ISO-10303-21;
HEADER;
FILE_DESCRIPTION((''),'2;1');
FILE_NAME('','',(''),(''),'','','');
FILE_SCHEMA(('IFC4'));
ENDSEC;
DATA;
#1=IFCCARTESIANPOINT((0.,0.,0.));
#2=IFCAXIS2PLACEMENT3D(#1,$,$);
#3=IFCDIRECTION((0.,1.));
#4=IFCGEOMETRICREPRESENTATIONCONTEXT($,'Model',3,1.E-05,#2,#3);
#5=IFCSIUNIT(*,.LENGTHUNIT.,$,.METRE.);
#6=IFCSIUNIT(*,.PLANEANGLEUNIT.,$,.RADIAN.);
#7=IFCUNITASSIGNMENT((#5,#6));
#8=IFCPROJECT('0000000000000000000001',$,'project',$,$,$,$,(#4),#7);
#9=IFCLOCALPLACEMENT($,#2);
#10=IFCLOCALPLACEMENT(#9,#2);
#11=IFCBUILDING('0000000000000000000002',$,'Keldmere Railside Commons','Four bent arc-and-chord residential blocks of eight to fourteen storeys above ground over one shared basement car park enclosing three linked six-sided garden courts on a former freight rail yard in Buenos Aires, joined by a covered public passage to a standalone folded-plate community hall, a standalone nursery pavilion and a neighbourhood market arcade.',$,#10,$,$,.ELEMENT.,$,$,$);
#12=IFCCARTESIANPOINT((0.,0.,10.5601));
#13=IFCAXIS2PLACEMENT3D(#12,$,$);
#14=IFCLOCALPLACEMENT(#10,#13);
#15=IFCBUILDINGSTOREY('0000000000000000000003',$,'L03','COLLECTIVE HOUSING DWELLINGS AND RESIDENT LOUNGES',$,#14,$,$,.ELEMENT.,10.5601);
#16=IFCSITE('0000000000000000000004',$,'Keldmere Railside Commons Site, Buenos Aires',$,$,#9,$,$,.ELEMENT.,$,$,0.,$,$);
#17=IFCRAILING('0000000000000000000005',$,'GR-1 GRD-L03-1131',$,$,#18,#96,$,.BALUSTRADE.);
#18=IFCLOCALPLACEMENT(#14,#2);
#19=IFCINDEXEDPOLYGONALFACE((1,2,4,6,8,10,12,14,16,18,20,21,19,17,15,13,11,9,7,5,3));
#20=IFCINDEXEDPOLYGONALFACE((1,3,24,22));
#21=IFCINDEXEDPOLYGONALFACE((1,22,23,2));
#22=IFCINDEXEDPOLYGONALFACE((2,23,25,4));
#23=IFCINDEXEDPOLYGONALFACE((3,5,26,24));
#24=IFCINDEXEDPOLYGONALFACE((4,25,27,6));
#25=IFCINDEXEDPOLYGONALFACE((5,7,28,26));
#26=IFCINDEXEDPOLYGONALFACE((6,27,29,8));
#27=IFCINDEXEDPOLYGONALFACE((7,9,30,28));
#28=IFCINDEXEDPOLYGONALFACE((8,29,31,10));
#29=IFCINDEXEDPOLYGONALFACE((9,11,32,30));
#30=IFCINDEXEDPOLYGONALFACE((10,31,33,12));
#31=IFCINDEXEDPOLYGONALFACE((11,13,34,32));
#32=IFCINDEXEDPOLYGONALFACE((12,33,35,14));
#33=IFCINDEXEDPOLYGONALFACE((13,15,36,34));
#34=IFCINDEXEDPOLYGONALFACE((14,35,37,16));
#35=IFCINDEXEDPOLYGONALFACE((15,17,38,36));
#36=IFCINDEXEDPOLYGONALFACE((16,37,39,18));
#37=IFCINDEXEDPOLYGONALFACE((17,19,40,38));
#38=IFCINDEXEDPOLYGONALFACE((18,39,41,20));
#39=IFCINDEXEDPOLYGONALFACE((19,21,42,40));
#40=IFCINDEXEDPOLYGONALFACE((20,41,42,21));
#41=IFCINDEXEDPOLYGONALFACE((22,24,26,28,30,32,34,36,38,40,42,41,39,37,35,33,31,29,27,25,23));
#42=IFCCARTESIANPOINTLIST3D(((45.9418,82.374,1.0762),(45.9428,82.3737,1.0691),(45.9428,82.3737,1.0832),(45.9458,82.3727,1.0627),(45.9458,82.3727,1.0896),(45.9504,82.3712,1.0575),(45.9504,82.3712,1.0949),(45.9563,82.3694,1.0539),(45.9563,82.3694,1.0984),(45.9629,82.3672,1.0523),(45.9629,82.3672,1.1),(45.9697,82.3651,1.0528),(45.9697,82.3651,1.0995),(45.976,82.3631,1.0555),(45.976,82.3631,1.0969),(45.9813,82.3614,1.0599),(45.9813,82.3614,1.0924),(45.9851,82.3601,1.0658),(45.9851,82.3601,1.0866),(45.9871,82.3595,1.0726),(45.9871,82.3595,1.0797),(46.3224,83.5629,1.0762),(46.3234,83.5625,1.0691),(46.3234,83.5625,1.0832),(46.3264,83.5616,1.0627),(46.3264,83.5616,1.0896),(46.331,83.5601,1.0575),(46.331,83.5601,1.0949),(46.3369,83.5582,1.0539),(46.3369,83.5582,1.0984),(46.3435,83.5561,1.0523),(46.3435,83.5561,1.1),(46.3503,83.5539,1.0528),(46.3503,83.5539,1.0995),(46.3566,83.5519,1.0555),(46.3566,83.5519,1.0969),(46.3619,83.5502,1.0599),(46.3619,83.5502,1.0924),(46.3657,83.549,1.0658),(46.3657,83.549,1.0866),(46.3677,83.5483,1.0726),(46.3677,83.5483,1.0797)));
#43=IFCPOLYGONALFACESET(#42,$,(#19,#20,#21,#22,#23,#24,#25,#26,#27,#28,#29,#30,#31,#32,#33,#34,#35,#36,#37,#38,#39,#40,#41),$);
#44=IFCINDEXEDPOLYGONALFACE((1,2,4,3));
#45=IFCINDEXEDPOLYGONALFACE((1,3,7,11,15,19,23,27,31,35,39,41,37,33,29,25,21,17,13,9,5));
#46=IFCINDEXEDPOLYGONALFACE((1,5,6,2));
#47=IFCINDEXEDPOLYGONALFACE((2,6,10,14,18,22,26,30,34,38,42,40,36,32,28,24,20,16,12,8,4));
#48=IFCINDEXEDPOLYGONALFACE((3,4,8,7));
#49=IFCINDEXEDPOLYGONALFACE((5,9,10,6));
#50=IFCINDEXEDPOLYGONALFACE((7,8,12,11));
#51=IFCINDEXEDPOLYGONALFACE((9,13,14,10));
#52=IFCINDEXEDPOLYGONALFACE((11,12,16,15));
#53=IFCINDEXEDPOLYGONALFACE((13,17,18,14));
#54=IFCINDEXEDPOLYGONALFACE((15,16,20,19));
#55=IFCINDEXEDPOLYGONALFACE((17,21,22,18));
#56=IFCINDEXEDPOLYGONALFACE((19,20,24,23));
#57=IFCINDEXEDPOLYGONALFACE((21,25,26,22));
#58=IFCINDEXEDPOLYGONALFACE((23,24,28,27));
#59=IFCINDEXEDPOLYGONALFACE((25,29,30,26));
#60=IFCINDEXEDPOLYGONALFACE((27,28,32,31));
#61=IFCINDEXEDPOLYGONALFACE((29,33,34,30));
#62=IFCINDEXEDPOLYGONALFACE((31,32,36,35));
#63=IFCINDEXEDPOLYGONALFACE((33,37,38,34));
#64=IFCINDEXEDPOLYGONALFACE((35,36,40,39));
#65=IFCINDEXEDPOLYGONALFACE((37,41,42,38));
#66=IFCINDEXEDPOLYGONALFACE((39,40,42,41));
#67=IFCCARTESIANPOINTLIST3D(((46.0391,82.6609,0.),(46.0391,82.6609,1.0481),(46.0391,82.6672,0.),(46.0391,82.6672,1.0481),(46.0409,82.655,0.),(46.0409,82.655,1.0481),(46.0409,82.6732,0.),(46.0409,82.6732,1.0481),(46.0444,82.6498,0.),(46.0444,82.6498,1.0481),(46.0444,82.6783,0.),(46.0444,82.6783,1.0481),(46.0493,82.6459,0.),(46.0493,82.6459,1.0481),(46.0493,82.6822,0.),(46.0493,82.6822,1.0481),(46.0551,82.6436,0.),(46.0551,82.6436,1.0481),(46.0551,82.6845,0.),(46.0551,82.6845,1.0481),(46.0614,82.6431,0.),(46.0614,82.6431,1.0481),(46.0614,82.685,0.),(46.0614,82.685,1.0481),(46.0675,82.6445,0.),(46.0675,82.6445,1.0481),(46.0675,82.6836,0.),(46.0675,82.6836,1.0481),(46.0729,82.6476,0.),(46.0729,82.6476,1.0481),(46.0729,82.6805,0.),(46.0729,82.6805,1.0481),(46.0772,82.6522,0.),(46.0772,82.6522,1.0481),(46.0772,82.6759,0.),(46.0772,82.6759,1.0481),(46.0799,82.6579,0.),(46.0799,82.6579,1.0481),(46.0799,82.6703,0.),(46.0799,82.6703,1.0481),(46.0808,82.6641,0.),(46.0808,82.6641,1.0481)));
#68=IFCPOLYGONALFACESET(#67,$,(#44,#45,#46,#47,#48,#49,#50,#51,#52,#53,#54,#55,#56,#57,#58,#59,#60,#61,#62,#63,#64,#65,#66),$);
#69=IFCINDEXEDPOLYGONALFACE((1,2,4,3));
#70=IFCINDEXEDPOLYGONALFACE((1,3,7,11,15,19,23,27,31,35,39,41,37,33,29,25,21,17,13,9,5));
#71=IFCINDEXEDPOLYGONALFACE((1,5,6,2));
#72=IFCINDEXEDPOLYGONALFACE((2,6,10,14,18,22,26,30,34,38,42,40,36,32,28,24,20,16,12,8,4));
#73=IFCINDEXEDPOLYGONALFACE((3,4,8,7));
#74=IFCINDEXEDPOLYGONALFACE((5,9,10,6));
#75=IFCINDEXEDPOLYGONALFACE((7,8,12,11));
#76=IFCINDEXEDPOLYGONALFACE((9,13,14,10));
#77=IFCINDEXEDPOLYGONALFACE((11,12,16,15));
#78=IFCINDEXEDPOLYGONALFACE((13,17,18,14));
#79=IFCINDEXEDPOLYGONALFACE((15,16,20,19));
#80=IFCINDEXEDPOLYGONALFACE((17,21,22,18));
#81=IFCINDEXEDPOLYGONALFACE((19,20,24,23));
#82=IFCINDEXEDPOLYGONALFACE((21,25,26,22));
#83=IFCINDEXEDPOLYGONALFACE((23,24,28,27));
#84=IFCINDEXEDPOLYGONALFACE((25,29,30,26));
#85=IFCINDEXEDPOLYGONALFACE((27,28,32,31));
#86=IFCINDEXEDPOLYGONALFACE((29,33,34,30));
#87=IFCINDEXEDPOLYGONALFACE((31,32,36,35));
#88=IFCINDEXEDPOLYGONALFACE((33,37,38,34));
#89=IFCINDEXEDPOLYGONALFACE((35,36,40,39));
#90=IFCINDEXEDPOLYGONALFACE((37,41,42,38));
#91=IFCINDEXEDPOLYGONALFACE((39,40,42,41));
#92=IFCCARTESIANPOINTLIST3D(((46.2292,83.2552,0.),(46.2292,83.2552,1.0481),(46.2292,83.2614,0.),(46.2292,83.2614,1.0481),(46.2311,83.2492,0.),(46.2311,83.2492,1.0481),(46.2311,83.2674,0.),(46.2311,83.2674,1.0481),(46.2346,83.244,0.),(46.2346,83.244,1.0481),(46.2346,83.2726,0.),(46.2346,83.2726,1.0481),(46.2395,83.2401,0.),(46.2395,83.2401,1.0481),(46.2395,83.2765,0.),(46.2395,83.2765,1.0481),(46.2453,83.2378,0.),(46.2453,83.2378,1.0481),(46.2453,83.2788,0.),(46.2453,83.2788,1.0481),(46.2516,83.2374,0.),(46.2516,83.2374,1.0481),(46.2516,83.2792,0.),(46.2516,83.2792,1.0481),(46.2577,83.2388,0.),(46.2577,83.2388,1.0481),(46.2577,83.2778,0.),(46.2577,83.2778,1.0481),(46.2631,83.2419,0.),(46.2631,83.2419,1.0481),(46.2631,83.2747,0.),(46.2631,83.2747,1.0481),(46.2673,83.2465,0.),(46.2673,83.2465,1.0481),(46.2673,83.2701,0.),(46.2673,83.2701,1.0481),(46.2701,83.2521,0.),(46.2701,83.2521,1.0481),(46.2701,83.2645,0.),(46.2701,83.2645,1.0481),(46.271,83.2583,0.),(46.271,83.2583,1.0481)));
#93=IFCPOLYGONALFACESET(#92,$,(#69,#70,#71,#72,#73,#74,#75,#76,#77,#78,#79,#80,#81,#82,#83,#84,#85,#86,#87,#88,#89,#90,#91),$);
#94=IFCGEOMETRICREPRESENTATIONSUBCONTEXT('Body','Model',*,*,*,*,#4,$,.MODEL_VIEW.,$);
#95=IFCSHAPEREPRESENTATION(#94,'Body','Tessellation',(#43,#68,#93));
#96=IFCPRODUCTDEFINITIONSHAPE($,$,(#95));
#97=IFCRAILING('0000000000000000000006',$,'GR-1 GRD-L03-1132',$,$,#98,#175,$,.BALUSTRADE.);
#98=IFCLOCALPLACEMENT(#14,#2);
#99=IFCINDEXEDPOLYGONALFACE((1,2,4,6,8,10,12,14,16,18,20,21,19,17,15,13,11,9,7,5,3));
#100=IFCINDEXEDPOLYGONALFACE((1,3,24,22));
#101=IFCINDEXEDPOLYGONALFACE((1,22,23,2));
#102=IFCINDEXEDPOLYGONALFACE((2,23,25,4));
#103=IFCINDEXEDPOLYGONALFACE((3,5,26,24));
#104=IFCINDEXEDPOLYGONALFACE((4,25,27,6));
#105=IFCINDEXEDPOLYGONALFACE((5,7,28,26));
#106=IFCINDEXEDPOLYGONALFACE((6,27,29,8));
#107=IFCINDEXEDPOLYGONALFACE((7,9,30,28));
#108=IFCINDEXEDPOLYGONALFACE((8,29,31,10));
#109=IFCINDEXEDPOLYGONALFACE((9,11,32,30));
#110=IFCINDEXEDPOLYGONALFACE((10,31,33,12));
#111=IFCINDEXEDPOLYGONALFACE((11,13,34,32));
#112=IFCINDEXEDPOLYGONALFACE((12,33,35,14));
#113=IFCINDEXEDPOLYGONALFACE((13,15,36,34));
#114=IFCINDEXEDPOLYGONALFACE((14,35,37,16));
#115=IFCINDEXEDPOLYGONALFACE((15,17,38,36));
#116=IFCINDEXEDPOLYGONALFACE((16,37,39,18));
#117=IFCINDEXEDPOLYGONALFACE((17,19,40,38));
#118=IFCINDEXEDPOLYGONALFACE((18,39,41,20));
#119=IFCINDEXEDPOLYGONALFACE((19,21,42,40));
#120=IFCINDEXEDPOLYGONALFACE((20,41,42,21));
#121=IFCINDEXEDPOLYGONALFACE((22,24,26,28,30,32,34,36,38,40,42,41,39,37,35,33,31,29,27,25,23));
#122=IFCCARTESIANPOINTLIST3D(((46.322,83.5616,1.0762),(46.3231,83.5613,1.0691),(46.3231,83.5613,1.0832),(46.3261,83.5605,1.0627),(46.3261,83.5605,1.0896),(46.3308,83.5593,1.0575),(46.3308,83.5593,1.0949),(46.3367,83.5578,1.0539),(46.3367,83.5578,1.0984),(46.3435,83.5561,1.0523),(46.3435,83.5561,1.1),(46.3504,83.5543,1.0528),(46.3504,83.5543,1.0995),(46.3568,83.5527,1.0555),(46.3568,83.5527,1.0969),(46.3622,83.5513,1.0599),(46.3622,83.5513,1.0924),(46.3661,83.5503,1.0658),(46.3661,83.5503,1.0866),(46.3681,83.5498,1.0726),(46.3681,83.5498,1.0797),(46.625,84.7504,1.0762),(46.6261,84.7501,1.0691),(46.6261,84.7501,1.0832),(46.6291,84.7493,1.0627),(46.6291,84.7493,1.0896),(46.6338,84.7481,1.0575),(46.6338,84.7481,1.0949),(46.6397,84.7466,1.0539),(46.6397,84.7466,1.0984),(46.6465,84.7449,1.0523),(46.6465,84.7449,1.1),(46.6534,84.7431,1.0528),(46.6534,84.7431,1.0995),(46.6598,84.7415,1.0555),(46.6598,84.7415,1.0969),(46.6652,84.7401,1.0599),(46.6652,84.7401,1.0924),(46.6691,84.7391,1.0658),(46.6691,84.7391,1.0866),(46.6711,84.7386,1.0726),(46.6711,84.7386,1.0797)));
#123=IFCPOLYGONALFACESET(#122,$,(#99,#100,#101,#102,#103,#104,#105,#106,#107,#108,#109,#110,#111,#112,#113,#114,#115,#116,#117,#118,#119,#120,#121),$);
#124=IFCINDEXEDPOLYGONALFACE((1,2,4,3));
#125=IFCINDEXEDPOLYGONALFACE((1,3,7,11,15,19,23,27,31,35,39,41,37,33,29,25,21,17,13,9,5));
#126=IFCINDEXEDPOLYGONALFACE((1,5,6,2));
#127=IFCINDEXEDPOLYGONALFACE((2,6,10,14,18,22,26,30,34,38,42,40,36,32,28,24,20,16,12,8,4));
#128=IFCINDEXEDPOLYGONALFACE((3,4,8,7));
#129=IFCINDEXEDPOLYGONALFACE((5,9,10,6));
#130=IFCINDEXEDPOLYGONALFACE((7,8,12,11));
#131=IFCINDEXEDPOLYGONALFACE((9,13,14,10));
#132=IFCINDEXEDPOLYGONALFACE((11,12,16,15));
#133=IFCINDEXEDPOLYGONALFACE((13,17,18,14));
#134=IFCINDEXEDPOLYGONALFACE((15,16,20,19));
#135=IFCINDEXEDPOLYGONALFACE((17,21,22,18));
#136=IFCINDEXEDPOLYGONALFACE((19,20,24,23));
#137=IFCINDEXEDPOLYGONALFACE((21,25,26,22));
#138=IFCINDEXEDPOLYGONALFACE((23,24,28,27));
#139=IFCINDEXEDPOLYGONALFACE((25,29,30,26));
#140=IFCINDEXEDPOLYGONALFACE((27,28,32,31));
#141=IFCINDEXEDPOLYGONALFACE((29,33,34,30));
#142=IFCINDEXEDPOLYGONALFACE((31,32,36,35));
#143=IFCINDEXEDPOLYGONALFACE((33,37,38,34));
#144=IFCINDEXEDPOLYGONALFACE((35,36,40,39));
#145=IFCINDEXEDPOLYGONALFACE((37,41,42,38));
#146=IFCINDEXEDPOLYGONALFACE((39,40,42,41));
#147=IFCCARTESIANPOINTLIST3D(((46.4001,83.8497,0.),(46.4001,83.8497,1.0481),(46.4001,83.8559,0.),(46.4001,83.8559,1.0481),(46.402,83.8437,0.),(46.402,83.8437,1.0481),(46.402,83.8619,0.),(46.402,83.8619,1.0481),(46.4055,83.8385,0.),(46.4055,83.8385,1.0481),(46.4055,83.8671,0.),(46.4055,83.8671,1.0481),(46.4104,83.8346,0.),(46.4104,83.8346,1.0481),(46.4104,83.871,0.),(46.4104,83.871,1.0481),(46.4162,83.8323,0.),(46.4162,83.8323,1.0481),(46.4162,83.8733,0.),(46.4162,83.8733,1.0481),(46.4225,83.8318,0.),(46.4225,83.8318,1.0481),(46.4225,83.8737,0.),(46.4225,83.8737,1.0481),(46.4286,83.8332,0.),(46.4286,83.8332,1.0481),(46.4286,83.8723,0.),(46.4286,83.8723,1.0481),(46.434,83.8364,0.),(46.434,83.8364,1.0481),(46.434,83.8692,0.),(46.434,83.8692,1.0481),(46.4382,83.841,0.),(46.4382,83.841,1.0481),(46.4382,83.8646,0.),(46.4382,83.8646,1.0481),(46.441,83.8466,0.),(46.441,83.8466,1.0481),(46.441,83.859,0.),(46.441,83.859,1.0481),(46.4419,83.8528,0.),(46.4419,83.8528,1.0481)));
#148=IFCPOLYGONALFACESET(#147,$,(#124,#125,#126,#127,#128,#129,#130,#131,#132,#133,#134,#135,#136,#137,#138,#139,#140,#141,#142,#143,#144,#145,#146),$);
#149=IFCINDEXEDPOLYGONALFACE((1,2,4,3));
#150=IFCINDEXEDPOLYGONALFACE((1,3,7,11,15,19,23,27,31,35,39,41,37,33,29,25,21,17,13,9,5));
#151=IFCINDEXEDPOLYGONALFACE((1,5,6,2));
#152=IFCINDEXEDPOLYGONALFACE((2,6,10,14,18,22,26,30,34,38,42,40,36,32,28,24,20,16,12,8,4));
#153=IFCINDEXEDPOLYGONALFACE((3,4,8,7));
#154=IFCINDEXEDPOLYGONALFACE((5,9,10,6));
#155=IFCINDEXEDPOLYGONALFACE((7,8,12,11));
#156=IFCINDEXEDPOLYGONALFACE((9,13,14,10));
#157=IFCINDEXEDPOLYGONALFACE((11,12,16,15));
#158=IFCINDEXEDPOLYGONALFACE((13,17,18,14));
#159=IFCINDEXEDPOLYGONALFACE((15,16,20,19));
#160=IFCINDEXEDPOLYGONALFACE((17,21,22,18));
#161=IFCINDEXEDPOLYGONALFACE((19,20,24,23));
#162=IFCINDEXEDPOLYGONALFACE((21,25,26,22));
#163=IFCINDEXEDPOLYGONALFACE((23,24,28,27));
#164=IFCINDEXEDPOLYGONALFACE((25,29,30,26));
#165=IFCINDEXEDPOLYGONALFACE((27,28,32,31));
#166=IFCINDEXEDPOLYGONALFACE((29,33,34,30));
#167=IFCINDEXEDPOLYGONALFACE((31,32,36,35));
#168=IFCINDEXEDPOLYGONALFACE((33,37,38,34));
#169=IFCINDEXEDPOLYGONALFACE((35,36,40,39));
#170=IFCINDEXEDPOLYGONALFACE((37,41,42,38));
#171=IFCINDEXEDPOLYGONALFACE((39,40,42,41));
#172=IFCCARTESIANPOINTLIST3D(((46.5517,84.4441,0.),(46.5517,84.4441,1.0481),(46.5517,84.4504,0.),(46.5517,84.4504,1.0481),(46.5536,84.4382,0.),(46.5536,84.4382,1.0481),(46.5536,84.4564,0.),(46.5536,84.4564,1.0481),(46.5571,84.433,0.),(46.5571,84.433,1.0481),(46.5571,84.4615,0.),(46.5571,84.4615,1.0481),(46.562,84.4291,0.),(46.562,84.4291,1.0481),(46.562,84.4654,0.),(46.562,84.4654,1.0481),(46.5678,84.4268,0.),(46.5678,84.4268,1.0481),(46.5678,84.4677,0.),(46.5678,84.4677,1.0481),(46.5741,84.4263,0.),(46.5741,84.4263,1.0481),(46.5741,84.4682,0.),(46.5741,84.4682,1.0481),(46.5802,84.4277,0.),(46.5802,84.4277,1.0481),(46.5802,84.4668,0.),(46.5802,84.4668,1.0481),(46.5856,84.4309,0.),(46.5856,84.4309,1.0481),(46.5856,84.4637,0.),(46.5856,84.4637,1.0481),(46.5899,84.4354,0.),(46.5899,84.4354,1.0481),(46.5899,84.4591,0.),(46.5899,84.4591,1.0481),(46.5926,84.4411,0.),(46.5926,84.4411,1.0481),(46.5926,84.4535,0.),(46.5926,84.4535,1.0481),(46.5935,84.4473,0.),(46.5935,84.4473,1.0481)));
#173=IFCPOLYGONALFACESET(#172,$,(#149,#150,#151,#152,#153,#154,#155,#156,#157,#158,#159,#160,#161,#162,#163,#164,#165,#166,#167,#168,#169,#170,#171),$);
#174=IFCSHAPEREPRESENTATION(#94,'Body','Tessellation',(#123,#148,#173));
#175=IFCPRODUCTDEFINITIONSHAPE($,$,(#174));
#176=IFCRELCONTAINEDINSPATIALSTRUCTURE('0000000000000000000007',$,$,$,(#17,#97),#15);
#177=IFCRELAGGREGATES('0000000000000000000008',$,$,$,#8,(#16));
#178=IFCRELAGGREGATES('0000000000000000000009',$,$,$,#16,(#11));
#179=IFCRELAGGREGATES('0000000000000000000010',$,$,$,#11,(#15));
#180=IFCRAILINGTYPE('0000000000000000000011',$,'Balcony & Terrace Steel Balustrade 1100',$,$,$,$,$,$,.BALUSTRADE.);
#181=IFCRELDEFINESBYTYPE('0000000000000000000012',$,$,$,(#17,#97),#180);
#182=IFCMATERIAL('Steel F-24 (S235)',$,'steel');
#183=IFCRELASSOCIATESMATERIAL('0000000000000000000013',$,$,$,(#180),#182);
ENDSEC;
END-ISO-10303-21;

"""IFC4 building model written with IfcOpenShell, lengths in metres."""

from ifc_helpers import new_model, si_unit, direction, frame, origin, origin_2d, place, context, subcontext, project, spatial, circle, extrude, material, type_object, element, save


model = new_model("IFC4")

# Units and contexts
model_context = context("Model", 3, precision=1e-05, world=origin(), true_north=direction((0.0, 1.0)))
body_context = subcontext(model_context, "Body", "Model", "MODEL_VIEW")
ifc_project = project(units=[si_unit("LENGTHUNIT", "METRE"), si_unit("PLANEANGLEUNIT", "RADIAN")], contexts=[model_context])

# Site, building, storey
site_placement = place(None, origin())
site = spatial("IfcSite", under=ifc_project, at=site_placement, Name="Keldmere Railside Commons Site, Buenos Aires", CompositionType="ELEMENT", RefElevation=0.0)
building_placement = place(site_placement, origin())
building = spatial("IfcBuilding", under=site, at=building_placement, Name="Keldmere Railside Commons", Description="Four bent arc-and-chord residential blocks of eight to fourteen storeys above ground over one shared basement car park enclosing three linked six-sided garden courts on a former freight rail yard in Buenos Aires, joined by a covered public passage to a standalone folded-plate community hall, a standalone nursery pavilion and a neighbourhood market arcade.", CompositionType="ELEMENT")
storey_placement = place(building_placement, frame((0.0, 0.0, 10.5601)))
storey = spatial("IfcBuildingStorey", under=building, at=storey_placement, Name="L03", Description="COLLECTIVE HOUSING DWELLINGS AND RESIDENT LOUNGES", CompositionType="ELEMENT", Elevation=10.5601)

# Railings
ifc_material_1 = material(Name="Steel F-24 (S235)", Category="steel")
railing_type = type_object("IfcRailingType", Name="Balcony & Terrace Steel Balustrade 1100", PredefinedType="BALUSTRADE", material=ifc_material_1)
railing_1_placement = place(storey_placement, frame((45.9646, 82.3667, 0.0)))
element("IfcRailing", 1, at=railing_1_placement, inside=storey, type_object=railing_type, Name="GR-1 GRD-L03-1131", PredefinedType="BALUSTRADE", context=body_context, shape_type="SweptSolid", body=[
    extrude(circle(Radius=0.0239, at=origin_2d()), frame((0.0, 0.0, 1.0762), z_axis=(0.304882, 0.95239, 0.0), x_axis=(-0.95239, 0.304882, 0.0)), (0.0, 0.0, 1.0), 1.2483),
    extrude(circle(Radius=0.021, at=origin_2d()), frame((0.0952, 0.2974, 0.0)), (0.0, 0.0, 1.0), 1.0481),
    extrude(circle(Radius=0.021, at=origin_2d()), frame((0.2854, 0.8916, 0.0)), (0.0, 0.0, 1.0), 1.0481),
])
railing_2_placement = place(storey_placement, frame((46.3452, 83.5557, 0.0)))
element("IfcRailing", 2, at=railing_2_placement, inside=storey, type_object=railing_type, Name="GR-1 GRD-L03-1132", PredefinedType="BALUSTRADE", context=body_context, shape_type="SweptSolid", body=[
    extrude(circle(Radius=0.0239, at=origin_2d()), frame((0.0, 0.0, 1.0762), z_axis=(0.246982, 0.96902, 0.0), x_axis=(-0.96902, 0.246982, 0.0)), (0.0, 0.0, 1.0), 1.2268),
    extrude(circle(Radius=0.021, at=origin_2d()), frame((0.0757, 0.2971, 0.0)), (0.0, 0.0, 1.0), 1.0481),
    extrude(circle(Radius=0.021, at=origin_2d()), frame((0.2273, 0.8916, 0.0)), (0.0, 0.0, 1.0), 1.0481),
])

save(model, "model.ifc")
